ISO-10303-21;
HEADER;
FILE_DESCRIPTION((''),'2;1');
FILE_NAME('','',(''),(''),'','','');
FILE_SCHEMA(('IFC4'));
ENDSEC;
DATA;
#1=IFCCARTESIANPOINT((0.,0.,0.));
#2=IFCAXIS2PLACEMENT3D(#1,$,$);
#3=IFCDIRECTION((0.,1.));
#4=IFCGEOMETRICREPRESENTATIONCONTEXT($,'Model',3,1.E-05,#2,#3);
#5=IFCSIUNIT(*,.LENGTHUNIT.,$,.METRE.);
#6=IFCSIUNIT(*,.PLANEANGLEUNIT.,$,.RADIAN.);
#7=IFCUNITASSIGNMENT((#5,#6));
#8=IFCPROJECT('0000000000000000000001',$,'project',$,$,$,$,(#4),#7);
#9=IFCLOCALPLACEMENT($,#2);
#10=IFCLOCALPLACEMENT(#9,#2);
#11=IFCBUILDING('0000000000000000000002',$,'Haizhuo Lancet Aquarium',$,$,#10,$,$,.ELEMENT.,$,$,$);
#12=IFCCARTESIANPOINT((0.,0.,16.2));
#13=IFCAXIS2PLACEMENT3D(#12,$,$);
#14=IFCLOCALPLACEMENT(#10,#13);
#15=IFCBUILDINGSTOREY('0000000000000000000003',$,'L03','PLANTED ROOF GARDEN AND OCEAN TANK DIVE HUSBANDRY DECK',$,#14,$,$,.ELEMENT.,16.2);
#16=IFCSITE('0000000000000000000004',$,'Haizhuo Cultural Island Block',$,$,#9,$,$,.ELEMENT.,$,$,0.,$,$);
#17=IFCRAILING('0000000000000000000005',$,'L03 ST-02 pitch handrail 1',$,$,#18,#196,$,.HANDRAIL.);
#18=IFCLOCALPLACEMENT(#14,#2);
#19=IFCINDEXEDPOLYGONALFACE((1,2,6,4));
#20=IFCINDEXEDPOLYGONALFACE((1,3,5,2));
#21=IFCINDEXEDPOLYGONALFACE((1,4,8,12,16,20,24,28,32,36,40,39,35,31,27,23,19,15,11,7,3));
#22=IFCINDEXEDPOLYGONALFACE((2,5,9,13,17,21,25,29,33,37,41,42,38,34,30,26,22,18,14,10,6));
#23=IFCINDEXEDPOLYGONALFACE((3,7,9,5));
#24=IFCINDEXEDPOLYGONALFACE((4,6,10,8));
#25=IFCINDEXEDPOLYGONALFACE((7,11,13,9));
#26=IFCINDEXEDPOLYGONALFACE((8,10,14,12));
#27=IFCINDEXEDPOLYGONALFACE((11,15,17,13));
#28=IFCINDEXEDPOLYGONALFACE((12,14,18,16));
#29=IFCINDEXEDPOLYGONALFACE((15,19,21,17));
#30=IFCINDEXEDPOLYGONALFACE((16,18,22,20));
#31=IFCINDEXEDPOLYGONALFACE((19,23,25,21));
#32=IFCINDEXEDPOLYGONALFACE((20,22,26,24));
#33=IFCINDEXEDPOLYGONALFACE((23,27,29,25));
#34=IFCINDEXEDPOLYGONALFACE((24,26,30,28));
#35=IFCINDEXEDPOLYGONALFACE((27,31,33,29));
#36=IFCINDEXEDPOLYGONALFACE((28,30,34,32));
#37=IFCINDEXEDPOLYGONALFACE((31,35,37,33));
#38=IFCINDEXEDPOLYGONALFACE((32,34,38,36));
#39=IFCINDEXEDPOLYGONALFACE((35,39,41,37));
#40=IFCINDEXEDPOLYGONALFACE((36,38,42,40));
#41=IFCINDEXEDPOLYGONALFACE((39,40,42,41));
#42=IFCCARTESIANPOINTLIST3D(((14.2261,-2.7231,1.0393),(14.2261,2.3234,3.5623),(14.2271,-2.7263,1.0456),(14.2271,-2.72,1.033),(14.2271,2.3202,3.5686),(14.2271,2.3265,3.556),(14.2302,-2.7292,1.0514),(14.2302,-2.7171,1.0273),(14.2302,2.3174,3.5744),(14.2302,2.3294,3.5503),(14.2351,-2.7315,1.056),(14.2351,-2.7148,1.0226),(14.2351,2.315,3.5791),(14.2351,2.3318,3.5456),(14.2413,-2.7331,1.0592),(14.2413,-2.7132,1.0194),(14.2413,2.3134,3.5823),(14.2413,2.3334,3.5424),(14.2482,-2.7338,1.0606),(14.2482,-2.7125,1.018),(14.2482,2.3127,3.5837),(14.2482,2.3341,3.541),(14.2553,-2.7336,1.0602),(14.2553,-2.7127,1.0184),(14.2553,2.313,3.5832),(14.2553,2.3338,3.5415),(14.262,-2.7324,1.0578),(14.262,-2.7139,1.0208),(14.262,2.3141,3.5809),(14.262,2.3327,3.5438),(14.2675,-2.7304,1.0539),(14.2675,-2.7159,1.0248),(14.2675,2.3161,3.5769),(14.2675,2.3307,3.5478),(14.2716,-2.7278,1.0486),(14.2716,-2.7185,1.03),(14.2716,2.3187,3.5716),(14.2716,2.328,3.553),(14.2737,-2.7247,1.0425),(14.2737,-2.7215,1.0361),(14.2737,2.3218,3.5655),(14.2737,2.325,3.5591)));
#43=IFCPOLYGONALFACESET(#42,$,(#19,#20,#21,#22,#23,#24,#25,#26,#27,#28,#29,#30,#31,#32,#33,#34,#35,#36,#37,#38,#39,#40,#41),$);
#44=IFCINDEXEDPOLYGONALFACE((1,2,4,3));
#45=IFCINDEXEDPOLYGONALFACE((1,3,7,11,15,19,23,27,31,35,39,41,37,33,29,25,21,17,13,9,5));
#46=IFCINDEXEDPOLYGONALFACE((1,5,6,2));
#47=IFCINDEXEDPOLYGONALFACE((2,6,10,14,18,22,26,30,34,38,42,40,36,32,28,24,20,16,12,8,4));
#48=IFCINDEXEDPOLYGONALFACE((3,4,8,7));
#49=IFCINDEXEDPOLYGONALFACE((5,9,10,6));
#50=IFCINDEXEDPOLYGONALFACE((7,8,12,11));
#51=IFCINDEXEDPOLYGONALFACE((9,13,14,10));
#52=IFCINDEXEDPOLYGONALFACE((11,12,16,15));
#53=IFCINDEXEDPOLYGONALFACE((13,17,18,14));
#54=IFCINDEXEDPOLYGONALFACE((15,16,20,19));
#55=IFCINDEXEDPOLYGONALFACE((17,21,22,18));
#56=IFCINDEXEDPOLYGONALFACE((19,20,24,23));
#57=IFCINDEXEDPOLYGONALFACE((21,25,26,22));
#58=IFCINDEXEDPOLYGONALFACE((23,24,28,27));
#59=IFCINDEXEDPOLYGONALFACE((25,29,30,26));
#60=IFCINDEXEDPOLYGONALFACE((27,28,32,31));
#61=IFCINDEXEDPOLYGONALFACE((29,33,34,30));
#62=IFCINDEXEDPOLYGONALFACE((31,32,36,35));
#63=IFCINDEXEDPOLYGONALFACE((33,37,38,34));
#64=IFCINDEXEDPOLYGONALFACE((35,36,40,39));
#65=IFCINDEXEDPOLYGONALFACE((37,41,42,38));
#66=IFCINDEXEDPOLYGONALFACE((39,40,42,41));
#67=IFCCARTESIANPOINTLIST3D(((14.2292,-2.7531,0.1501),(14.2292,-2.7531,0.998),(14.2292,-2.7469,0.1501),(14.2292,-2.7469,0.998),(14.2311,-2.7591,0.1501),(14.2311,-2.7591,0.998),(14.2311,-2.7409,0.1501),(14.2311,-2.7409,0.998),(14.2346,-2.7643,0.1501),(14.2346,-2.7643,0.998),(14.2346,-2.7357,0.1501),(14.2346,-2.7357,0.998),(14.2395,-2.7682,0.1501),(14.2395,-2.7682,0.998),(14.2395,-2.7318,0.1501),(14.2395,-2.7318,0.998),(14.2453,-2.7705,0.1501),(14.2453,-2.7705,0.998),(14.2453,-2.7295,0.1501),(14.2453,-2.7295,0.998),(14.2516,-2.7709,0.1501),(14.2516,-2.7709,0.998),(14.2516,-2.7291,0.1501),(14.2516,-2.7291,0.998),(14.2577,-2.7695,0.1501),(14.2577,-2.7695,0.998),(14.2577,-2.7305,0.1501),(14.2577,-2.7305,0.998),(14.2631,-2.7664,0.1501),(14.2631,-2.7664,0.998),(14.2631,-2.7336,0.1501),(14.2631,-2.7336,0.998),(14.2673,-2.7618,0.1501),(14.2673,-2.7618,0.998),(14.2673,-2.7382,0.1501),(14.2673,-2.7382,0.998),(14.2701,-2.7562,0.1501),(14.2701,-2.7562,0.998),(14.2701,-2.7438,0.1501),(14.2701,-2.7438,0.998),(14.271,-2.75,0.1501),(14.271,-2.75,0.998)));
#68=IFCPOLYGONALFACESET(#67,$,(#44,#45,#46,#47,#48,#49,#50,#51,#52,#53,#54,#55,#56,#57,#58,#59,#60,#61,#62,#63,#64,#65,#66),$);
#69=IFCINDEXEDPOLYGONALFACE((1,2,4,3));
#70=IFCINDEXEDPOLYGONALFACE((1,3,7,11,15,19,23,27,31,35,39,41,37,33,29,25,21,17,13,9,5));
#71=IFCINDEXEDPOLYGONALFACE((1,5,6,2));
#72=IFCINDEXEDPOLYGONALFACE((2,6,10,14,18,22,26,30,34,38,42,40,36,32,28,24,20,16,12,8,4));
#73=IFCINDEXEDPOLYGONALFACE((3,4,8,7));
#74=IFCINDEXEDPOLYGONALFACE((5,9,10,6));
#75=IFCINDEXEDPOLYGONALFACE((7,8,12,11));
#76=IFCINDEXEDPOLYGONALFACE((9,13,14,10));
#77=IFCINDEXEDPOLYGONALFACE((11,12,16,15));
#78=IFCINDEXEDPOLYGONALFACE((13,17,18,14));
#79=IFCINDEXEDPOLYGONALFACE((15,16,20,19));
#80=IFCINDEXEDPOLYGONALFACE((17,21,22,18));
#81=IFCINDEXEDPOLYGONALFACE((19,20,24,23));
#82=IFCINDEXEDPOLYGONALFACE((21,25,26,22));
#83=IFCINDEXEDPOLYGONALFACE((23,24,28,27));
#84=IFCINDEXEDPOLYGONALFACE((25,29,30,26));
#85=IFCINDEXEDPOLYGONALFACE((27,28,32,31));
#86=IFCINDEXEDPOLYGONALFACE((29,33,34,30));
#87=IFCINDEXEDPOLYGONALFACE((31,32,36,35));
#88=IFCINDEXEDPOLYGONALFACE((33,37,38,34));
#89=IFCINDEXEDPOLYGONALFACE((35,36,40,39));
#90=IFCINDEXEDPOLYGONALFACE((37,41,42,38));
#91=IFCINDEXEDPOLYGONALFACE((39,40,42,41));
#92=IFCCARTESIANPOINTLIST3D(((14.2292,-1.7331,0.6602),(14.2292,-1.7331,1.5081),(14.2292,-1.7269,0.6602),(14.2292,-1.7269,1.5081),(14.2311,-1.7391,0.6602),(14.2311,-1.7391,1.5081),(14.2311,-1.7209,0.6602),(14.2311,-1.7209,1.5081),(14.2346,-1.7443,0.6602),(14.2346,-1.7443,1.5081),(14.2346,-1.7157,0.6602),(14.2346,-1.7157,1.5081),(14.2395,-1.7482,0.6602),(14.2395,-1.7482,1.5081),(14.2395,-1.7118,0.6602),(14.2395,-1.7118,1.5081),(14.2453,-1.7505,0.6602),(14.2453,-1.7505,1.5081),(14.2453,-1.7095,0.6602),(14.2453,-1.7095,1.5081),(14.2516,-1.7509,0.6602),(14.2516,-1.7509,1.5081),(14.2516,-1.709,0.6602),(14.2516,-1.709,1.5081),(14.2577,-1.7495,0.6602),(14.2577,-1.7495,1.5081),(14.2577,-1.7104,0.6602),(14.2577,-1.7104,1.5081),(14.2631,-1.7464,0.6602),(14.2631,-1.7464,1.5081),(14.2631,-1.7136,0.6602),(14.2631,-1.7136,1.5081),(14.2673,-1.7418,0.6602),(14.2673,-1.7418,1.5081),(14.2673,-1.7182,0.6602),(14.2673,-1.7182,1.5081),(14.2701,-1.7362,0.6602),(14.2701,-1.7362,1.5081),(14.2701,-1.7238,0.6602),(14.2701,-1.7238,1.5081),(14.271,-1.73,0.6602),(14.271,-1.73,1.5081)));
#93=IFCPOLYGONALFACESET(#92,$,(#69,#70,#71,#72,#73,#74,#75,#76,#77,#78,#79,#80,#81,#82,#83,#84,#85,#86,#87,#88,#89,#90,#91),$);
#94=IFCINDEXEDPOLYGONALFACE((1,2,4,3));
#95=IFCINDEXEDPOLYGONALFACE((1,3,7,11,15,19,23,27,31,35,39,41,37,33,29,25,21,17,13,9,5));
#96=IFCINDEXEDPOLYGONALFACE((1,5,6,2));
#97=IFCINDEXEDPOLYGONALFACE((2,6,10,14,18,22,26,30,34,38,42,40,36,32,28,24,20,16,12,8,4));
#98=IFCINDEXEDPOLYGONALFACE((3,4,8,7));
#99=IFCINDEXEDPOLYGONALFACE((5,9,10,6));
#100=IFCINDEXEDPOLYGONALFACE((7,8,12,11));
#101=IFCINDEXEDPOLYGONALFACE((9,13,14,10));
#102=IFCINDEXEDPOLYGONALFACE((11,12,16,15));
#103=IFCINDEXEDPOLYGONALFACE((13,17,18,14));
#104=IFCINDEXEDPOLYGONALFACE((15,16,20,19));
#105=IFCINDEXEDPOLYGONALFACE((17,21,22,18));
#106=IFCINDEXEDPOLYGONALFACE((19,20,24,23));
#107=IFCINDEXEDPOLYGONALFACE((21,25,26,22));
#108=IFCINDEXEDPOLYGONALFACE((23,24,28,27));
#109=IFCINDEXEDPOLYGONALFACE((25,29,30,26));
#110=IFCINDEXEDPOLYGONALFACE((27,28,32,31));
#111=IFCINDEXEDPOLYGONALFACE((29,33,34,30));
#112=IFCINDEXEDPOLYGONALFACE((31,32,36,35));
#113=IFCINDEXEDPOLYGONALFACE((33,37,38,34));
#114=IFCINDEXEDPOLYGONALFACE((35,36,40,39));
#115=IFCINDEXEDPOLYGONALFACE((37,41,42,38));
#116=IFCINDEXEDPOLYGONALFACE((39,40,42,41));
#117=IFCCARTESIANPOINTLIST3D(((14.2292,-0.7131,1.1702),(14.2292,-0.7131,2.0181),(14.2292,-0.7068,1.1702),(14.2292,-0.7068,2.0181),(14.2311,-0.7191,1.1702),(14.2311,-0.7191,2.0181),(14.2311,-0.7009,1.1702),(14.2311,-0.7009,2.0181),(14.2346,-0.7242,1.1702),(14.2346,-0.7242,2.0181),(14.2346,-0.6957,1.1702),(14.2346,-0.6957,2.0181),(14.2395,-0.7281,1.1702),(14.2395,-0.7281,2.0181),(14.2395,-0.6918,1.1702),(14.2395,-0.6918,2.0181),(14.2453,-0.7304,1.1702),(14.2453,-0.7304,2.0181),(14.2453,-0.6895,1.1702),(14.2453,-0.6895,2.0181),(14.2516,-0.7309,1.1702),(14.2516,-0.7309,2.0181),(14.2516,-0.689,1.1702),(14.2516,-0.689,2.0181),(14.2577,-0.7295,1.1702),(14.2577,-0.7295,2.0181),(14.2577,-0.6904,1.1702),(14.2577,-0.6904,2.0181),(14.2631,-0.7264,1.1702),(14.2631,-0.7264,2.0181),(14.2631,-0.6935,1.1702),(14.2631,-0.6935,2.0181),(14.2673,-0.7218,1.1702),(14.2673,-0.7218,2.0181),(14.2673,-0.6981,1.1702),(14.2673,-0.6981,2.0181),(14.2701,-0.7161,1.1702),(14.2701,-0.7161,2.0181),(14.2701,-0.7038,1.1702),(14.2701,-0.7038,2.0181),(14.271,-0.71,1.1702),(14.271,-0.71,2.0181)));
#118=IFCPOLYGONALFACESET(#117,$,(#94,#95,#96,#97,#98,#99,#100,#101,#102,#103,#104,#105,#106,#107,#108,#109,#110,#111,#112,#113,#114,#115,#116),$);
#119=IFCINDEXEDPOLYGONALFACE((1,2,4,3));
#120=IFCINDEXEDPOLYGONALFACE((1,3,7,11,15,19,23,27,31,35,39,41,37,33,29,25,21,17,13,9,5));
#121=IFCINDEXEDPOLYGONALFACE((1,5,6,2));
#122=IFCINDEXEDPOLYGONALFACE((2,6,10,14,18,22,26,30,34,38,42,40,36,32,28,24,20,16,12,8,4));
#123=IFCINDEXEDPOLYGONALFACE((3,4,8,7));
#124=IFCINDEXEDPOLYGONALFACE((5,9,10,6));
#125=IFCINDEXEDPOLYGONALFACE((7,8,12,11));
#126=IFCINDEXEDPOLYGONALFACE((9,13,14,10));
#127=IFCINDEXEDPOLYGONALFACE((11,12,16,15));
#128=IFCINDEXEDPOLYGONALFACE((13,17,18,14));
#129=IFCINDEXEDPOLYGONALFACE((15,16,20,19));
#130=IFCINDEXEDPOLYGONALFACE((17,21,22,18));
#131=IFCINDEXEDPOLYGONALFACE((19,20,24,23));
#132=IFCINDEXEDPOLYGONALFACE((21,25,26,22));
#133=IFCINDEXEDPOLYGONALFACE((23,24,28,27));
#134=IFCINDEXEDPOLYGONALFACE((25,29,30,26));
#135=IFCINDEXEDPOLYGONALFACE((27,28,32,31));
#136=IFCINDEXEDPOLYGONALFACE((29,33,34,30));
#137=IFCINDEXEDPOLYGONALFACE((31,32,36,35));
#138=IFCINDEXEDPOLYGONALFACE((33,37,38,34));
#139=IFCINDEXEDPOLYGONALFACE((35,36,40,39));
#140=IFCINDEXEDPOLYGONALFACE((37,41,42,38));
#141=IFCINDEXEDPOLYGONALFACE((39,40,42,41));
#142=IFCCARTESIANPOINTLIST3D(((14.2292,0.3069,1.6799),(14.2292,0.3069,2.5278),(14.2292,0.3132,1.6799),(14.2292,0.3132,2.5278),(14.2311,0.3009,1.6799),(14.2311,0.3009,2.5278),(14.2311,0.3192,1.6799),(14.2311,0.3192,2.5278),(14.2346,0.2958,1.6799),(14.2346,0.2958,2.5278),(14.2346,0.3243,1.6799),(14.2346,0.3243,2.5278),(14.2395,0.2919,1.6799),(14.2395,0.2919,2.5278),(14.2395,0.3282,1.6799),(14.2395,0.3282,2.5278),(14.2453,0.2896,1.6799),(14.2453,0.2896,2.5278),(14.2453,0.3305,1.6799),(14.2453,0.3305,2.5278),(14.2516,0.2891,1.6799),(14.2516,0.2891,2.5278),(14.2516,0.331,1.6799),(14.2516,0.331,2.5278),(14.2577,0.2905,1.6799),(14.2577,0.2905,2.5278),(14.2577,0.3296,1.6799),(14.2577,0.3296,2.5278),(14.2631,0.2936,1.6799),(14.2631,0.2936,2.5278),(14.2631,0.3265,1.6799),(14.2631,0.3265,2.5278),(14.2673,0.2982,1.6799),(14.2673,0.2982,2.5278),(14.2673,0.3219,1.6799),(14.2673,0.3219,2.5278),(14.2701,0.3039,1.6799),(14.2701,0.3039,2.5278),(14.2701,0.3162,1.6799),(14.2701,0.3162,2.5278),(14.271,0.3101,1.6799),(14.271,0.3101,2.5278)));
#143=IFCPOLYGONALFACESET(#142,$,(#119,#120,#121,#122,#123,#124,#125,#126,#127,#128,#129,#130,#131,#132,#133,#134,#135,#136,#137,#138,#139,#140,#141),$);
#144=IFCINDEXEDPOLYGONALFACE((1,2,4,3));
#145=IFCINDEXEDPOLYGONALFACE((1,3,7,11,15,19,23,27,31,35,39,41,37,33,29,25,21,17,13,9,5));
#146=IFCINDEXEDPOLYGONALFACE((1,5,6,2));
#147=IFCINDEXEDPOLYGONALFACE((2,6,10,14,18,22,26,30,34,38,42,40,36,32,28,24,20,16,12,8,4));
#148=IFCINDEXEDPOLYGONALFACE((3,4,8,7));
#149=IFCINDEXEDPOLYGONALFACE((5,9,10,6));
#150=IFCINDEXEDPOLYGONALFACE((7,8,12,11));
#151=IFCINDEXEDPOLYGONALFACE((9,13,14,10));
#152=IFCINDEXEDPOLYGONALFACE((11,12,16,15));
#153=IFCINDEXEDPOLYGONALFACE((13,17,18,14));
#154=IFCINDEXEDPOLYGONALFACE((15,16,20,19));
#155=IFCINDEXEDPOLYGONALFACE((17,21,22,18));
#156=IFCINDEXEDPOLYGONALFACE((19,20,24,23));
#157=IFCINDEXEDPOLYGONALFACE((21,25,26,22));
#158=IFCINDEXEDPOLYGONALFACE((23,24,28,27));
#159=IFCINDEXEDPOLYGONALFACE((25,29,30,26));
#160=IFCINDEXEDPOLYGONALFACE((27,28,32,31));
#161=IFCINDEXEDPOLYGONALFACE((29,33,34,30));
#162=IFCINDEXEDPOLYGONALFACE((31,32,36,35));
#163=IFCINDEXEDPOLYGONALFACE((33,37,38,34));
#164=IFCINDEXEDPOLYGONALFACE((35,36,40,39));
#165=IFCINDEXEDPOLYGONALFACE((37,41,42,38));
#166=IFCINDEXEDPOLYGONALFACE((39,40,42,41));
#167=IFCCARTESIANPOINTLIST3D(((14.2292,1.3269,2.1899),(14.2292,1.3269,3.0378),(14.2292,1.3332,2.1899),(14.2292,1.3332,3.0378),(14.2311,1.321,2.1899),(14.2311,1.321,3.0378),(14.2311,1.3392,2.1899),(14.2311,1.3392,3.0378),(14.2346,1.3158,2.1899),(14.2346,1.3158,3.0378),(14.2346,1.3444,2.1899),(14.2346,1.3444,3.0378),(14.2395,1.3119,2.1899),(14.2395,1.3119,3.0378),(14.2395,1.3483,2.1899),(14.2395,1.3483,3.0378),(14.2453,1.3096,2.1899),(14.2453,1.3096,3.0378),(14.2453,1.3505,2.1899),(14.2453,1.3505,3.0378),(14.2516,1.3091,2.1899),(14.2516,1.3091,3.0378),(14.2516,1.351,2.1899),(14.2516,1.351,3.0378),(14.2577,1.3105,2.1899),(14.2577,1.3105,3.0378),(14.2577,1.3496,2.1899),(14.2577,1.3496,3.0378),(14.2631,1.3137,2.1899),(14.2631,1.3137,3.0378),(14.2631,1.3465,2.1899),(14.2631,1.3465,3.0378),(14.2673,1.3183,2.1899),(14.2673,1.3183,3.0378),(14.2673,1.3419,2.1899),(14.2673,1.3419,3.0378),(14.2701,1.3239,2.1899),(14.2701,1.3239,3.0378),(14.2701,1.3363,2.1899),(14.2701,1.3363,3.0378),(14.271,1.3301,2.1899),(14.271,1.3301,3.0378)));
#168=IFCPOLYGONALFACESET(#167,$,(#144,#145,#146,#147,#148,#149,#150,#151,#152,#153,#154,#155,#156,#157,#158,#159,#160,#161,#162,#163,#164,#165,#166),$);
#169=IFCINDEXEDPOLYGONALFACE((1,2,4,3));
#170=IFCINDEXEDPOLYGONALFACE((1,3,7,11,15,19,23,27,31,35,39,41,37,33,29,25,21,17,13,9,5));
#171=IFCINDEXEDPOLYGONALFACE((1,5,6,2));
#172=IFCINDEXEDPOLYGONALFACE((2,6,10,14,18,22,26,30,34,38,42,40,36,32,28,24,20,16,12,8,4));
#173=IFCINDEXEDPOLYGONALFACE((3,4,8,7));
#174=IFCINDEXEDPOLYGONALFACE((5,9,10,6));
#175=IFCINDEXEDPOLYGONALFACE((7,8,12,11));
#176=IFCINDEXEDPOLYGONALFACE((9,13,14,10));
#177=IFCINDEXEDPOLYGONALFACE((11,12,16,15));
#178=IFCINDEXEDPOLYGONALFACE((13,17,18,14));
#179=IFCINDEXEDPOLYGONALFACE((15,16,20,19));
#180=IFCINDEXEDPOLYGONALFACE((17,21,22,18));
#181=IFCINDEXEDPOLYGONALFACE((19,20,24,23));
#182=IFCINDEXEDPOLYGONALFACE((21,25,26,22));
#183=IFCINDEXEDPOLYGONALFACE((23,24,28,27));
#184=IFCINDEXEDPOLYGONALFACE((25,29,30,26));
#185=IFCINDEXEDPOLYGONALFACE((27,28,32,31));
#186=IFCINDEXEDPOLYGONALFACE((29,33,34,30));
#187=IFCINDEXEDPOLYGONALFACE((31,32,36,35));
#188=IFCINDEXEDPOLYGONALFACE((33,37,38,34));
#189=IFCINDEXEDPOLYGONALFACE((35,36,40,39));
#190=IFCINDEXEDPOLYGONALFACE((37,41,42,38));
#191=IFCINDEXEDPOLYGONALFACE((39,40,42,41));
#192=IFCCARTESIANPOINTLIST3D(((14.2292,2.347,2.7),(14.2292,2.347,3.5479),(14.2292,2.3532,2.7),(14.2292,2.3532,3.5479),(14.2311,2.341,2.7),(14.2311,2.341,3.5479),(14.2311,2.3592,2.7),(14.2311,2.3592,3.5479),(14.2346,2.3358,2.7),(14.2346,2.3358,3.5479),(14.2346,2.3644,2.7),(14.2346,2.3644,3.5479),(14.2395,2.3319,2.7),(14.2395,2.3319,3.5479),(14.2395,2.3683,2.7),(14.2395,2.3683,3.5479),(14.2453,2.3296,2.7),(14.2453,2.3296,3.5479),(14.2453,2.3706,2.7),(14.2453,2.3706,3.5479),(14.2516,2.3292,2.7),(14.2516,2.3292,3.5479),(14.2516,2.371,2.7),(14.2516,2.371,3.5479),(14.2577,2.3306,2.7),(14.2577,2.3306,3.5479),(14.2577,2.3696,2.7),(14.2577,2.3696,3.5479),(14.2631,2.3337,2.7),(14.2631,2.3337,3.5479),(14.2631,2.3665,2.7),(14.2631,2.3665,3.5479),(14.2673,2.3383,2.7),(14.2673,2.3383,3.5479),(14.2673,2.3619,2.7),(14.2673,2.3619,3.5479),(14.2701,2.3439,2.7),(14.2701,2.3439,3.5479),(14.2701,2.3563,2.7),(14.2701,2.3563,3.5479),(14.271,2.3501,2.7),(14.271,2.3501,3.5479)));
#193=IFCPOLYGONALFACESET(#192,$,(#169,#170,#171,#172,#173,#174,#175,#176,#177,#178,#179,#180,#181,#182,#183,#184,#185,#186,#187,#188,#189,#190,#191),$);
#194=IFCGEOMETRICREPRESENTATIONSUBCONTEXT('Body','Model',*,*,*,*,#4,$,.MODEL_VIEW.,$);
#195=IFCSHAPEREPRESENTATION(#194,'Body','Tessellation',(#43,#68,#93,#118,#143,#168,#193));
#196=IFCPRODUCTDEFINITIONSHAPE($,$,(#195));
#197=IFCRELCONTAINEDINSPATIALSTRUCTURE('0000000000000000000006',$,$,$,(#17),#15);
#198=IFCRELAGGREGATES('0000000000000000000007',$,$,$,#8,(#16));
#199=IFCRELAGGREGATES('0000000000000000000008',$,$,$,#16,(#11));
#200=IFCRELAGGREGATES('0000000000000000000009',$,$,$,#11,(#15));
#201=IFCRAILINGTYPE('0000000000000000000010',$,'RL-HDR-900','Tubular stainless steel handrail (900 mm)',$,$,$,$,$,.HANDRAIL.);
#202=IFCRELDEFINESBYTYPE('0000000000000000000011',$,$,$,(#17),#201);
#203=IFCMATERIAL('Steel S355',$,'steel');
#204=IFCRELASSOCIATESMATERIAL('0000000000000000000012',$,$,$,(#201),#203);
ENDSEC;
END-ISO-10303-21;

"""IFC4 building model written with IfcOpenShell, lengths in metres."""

from ifc_helpers import new_model, si_unit, direction, frame, origin, origin_2d, place, context, subcontext, project, spatial, circle, extrude, material, type_object, element, save


model = new_model("IFC4")

# Units and contexts
model_context = context("Model", 3, precision=1e-05, world=origin(), true_north=direction((0.0, 1.0)))
body_context = subcontext(model_context, "Body", "Model", "MODEL_VIEW")
ifc_project = project(units=[si_unit("LENGTHUNIT", "METRE"), si_unit("PLANEANGLEUNIT", "RADIAN")], contexts=[model_context])

# Site, building, storey
site_placement = place(None, origin())
site = spatial("IfcSite", under=ifc_project, at=site_placement, Name="Haizhuo Cultural Island Block", CompositionType="ELEMENT", RefElevation=0.0)
building_placement = place(site_placement, origin())
building = spatial("IfcBuilding", under=site, at=building_placement, Name="Haizhuo Lancet Aquarium", CompositionType="ELEMENT")
storey_placement = place(building_placement, frame((0.0, 0.0, 16.2)))
storey = spatial("IfcBuildingStorey", under=building, at=storey_placement, Name="L03", Description="PLANTED ROOF GARDEN AND OCEAN TANK DIVE HUSBANDRY DECK", CompositionType="ELEMENT", Elevation=16.2)

# Shared definitions
ifc_material_1 = material(Name="Steel S355", Category="steel")

# Railing
railing_type_1 = type_object("IfcRailingType", Name="RL-HDR-900", Description="Tubular stainless steel handrail (900 mm)", PredefinedType="HANDRAIL", material=ifc_material_1)
railing_1_placement = place(storey_placement, frame((14.25, -2.75, 0.1501)))
element("IfcRailing", 1, at=railing_1_placement, inside=storey, type_object=railing_type_1, Name="L03 ST-02 pitch handrail 1", PredefinedType="HANDRAIL", context=body_context, shape_type="SweptSolid", body=[
    extrude(circle(Radius=0.0239, at=origin_2d()), frame((0.0, 0.0269, 0.8892), z_axis=(0.0, 0.894444, 0.447179), x_axis=(-1.0, 0.0, 0.0)), (0.0, 0.0, 1.0), 5.6421),
    extrude(circle(Radius=0.021, at=origin_2d()), origin(), (0.0, 0.0, 1.0), 0.8479),
    extrude(circle(Radius=0.021, at=origin_2d()), frame((0.0, 1.02, 0.51)), (0.0, 0.0, 1.0), 0.8479),
    extrude(circle(Radius=0.021, at=origin_2d()), frame((0.0, 2.04, 1.02)), (0.0, 0.0, 1.0), 0.8479),
    extrude(circle(Radius=0.021, at=origin_2d()), frame((0.0, 3.0601, 1.5298)), (0.0, 0.0, 1.0), 0.8479),
    extrude(circle(Radius=0.021, at=origin_2d()), frame((0.0, 4.0801, 2.0398)), (0.0, 0.0, 1.0), 0.8479),
    extrude(circle(Radius=0.021, at=origin_2d()), frame((0.0, 5.1001, 2.5498)), (0.0, 0.0, 1.0), 0.8479),
])

save(model, "model.ifc")
